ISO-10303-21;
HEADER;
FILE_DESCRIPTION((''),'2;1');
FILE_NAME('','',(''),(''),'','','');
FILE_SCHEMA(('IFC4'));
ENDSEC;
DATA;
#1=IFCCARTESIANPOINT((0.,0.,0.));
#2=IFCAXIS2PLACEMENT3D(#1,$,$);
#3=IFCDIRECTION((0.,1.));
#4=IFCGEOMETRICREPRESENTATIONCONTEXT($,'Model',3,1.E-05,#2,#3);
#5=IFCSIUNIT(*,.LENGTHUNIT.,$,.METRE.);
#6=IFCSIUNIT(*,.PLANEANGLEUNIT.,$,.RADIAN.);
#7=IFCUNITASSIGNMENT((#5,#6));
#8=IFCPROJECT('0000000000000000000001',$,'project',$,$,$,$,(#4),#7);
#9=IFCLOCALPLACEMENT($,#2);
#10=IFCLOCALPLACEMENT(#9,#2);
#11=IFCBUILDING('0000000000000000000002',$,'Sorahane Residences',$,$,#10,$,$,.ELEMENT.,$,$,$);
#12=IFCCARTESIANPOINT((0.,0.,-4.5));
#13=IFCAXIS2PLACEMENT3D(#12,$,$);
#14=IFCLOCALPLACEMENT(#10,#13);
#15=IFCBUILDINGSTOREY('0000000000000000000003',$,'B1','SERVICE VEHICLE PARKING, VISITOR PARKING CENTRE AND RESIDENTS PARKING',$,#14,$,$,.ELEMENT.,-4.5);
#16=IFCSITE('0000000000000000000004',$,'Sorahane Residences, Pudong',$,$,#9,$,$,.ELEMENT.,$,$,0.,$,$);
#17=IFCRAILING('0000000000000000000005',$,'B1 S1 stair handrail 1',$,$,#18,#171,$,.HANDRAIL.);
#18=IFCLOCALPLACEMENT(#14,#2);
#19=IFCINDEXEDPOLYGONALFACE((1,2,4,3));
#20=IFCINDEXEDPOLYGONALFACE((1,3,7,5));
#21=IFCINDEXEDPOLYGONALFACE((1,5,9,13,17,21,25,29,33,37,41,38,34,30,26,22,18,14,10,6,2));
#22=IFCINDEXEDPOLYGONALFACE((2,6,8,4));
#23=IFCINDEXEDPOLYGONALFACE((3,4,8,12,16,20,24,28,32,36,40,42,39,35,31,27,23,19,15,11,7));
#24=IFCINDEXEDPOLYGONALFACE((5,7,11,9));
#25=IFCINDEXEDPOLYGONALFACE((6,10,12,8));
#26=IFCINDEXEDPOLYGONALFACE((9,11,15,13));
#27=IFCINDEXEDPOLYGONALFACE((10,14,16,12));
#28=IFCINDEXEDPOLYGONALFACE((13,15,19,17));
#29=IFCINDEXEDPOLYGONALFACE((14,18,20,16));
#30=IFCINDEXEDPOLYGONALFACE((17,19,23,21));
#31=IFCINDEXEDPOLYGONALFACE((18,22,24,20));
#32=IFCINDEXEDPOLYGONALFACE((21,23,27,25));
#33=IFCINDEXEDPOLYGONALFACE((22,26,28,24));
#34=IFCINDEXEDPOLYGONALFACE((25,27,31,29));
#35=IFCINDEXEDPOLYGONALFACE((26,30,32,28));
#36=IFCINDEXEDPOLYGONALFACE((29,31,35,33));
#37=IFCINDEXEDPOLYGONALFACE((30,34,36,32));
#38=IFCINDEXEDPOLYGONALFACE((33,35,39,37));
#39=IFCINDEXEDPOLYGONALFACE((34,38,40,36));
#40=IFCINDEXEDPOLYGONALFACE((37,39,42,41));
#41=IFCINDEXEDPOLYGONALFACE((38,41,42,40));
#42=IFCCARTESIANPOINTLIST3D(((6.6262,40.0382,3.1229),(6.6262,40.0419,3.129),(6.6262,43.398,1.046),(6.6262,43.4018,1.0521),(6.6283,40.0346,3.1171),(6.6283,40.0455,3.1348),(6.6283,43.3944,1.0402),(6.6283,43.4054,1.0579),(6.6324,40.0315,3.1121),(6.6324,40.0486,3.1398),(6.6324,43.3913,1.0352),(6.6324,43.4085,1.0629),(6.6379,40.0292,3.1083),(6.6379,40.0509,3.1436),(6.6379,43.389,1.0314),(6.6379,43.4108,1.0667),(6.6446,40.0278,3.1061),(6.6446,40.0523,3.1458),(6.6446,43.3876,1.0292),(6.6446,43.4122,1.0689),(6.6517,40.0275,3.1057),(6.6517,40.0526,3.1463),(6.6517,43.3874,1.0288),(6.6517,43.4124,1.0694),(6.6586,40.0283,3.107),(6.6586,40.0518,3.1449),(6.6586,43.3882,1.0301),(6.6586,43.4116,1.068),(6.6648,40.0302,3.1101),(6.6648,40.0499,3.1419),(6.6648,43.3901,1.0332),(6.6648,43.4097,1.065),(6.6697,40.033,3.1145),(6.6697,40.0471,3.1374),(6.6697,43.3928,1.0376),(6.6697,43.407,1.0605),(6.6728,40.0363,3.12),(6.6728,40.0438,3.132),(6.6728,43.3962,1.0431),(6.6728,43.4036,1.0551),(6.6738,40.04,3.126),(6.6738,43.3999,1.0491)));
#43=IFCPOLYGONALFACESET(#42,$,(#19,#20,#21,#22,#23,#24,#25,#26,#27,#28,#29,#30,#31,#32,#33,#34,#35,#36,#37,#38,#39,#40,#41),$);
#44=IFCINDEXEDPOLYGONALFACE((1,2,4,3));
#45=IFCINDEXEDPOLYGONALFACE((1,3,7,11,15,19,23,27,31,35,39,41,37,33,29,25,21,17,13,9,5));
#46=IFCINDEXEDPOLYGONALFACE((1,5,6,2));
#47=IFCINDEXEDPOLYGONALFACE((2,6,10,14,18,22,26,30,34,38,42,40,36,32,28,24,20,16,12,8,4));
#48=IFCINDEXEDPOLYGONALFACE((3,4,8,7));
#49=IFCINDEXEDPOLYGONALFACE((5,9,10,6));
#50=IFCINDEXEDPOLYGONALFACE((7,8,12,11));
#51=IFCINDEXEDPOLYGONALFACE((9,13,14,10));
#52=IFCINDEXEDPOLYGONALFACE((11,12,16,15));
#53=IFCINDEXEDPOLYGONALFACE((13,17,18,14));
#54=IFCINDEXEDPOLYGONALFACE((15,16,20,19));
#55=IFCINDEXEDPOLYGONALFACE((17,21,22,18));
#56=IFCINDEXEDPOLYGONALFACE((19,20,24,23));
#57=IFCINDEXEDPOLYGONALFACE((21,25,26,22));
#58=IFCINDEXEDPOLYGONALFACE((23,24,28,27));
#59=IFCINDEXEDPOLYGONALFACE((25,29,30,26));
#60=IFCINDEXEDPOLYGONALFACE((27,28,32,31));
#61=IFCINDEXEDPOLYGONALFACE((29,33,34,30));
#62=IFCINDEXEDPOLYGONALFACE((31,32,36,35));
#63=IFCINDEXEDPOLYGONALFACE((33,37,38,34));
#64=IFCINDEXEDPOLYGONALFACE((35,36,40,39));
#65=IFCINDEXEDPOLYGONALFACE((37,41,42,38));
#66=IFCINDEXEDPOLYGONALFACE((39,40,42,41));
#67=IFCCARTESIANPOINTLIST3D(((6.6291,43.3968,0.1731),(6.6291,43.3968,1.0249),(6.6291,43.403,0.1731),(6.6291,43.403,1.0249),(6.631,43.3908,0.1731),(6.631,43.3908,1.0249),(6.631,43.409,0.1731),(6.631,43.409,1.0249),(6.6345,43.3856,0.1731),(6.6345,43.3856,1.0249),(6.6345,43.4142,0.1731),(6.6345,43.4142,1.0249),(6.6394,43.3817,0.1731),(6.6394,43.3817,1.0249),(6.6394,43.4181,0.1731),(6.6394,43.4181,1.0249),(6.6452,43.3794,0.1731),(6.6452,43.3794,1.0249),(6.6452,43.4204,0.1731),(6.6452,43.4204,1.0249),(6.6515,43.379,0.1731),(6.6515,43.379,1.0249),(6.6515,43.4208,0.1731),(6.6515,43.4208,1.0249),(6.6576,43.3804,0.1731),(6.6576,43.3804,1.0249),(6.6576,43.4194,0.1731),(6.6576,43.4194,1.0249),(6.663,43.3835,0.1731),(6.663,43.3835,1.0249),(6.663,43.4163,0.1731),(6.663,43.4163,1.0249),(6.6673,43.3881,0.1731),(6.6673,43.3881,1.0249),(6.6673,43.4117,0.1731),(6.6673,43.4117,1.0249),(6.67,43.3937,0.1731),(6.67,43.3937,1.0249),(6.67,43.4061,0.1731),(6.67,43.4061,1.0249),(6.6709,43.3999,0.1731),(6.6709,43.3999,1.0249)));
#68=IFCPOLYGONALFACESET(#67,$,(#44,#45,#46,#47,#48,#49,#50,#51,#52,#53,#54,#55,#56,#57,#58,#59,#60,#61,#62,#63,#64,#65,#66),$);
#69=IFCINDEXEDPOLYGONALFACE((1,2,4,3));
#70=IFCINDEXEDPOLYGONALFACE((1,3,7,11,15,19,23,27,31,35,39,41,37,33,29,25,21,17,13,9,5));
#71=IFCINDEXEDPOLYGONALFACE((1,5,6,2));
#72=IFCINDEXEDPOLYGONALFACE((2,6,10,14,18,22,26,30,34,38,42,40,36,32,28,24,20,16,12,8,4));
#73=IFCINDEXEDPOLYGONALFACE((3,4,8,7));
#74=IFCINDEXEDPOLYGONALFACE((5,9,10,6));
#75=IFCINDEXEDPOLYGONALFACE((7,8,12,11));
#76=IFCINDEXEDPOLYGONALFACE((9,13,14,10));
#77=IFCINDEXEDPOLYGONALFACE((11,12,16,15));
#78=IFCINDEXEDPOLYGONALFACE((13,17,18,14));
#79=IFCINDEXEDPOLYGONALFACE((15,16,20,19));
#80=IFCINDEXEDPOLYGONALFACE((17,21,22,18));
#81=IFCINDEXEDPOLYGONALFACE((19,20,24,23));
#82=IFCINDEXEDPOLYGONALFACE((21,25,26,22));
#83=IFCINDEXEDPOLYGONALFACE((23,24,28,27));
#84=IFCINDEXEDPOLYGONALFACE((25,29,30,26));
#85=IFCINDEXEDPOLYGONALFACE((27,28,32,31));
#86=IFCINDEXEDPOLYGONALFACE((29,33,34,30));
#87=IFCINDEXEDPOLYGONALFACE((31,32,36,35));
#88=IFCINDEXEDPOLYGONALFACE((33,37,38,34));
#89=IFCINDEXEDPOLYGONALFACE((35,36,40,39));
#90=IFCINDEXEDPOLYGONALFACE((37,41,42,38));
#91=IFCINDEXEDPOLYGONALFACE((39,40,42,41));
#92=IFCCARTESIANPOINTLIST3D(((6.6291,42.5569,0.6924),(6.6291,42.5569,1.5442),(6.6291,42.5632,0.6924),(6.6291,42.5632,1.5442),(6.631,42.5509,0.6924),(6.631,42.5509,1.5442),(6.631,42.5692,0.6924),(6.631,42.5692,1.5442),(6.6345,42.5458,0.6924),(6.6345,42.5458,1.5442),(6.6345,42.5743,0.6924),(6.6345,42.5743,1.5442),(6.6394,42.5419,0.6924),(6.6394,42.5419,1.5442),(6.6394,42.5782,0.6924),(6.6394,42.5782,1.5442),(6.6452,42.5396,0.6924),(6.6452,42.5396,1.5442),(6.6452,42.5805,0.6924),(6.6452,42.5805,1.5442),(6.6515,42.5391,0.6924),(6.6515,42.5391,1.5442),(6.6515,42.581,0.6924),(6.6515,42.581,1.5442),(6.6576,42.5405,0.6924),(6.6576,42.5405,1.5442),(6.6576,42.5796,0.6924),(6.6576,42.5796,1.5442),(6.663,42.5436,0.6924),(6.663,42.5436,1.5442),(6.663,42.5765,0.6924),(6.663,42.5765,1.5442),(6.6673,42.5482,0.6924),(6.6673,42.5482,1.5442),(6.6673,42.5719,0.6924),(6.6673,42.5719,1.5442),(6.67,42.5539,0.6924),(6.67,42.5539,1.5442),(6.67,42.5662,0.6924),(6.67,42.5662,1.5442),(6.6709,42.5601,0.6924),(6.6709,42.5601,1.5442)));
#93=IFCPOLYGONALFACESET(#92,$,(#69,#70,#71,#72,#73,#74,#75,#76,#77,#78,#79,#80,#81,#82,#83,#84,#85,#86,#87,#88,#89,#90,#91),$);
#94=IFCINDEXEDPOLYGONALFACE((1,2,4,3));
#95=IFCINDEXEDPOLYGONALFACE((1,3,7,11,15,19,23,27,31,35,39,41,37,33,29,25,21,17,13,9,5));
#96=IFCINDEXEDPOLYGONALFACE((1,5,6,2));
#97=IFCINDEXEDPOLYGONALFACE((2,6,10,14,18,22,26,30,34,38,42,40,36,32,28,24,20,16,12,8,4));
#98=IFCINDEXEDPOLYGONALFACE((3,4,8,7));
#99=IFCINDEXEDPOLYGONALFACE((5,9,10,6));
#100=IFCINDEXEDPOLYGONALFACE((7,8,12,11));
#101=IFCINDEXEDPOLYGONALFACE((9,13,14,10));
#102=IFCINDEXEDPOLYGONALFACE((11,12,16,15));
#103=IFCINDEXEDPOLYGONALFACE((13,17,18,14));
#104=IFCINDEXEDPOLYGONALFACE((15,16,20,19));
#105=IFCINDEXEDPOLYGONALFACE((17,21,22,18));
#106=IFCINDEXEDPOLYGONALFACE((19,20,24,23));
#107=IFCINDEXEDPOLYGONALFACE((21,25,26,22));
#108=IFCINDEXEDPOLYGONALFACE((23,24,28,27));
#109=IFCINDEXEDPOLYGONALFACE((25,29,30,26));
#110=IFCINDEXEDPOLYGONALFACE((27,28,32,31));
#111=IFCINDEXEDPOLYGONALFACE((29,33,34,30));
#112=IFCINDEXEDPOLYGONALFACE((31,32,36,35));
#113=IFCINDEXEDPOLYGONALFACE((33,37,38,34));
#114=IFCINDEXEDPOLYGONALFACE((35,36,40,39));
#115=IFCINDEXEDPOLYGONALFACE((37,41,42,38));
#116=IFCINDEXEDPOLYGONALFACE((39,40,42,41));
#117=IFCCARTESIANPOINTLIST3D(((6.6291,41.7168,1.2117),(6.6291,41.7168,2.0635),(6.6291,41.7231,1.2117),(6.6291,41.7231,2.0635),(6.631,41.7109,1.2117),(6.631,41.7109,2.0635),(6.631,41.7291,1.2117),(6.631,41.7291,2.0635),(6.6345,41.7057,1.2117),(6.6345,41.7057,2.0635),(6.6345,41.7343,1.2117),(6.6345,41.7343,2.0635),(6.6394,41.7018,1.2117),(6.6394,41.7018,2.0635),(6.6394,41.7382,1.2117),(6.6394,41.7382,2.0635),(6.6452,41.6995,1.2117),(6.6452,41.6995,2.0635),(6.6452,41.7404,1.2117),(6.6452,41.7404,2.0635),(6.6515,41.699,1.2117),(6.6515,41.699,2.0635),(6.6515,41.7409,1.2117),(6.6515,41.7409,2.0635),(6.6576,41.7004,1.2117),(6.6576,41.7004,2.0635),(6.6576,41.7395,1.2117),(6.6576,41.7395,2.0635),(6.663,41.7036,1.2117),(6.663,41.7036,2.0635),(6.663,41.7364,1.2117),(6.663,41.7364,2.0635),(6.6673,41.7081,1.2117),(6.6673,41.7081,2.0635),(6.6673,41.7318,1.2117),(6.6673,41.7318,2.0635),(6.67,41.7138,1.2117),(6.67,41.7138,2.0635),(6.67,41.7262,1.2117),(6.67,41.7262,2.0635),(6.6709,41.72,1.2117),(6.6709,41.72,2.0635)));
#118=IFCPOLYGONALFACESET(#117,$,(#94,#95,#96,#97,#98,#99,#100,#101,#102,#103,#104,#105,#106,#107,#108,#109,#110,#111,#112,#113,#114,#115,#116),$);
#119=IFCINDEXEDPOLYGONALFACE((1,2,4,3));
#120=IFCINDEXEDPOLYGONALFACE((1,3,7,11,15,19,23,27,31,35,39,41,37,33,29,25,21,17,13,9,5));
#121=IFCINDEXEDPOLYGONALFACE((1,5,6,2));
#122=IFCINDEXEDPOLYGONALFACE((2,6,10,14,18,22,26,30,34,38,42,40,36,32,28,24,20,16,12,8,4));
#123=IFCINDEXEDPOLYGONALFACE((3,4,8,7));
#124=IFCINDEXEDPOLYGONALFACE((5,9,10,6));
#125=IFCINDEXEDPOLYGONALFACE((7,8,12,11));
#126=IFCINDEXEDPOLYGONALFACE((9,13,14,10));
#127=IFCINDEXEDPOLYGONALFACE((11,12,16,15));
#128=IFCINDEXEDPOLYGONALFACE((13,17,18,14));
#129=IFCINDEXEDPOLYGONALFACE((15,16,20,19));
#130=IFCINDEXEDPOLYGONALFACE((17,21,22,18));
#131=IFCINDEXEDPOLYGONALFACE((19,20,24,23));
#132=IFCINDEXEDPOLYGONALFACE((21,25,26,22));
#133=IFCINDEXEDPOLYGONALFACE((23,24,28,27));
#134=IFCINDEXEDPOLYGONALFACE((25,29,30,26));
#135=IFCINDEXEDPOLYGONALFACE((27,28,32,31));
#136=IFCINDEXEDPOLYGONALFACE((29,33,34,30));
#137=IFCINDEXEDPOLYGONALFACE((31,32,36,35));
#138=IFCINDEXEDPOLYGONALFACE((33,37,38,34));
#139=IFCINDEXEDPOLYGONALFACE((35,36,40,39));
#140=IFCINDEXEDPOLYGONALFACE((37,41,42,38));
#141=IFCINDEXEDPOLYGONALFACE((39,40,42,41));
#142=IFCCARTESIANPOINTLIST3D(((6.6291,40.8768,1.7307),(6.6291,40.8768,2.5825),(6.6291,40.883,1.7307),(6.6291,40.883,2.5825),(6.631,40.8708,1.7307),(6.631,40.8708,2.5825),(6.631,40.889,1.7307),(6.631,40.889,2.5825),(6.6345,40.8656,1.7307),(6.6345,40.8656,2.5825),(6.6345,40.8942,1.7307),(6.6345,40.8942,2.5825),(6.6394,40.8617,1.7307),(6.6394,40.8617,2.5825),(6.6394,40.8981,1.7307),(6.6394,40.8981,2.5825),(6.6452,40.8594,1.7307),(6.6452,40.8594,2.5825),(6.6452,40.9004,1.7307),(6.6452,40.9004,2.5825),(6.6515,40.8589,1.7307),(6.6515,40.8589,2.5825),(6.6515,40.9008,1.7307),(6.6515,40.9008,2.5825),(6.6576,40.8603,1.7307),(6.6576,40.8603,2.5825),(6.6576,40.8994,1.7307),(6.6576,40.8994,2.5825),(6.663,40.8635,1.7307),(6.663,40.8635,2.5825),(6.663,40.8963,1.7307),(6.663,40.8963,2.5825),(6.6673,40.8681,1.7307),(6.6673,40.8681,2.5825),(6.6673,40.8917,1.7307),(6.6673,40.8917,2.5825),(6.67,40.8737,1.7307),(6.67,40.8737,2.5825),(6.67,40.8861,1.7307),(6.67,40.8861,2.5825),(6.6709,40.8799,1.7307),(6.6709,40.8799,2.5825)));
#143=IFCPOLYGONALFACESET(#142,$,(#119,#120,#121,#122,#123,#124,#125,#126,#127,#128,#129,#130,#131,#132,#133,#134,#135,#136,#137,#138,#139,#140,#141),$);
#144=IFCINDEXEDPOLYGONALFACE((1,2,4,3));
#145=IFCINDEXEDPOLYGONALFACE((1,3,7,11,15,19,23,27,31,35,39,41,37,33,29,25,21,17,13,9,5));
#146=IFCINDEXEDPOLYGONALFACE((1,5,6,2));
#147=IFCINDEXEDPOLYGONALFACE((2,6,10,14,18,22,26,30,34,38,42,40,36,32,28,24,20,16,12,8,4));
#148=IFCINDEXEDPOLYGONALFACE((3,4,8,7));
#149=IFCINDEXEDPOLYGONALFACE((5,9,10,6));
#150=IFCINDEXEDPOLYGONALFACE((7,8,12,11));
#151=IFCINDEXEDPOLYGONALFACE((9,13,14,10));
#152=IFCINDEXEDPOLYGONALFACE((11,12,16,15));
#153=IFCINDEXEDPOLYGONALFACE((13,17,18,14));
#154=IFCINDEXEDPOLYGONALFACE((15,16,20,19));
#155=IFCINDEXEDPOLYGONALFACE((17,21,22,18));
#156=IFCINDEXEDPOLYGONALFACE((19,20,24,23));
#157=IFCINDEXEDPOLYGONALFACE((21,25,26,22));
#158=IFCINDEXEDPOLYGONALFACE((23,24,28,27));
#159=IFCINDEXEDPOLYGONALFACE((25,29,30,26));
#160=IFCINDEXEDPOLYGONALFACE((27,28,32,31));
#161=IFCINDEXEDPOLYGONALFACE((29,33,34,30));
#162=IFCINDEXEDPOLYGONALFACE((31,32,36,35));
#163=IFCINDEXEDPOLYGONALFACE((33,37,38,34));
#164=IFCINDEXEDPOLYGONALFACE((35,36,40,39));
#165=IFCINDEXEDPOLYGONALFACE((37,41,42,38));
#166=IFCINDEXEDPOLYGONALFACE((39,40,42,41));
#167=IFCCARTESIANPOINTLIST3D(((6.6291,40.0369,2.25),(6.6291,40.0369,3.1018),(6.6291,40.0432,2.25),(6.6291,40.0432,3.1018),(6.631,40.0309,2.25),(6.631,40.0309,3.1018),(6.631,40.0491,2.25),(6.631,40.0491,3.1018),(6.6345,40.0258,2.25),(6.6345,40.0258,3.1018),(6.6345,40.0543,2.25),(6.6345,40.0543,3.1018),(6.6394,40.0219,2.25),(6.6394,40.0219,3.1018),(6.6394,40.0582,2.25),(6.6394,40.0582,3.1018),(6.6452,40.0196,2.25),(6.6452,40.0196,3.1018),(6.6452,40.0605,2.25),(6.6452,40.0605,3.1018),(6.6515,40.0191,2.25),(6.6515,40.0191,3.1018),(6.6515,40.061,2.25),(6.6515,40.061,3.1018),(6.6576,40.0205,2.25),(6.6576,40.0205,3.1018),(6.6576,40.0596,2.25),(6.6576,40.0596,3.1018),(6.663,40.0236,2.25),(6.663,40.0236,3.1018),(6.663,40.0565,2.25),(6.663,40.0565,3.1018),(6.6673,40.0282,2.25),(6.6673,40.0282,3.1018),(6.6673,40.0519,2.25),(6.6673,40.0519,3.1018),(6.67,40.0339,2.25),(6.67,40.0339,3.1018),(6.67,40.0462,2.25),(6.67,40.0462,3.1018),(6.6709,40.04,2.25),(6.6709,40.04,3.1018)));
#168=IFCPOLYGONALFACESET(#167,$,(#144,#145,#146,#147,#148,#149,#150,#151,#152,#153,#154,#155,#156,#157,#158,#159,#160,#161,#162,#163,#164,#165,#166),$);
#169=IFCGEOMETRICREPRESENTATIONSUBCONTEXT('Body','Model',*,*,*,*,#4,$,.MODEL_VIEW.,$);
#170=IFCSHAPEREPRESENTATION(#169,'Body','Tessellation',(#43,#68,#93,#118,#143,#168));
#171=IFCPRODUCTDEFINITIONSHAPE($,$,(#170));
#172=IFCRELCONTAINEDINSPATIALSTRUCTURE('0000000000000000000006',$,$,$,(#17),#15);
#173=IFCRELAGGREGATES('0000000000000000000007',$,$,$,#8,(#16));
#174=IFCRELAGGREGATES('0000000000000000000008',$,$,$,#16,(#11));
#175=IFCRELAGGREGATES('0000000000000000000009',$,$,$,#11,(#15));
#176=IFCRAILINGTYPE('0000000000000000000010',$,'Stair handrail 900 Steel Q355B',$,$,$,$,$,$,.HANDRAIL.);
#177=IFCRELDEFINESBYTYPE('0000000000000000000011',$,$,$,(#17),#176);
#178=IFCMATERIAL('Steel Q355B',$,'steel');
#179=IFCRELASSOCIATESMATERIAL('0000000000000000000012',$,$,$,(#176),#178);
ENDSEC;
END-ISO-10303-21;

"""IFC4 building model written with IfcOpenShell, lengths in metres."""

from ifc_helpers import new_model, si_unit, direction, frame, origin, origin_2d, place, context, subcontext, project, spatial, circle, extrude, material, type_object, element, save


model = new_model("IFC4")

# Units and contexts
model_context = context("Model", 3, precision=1e-05, world=origin(), true_north=direction((0.0, 1.0)))
body_context = subcontext(model_context, "Body", "Model", "MODEL_VIEW")
ifc_project = project(units=[si_unit("LENGTHUNIT", "METRE"), si_unit("PLANEANGLEUNIT", "RADIAN")], contexts=[model_context])

# Site, building, storey
site_placement = place(None, origin())
site = spatial("IfcSite", under=ifc_project, at=site_placement, Name="Sorahane Residences, Pudong", CompositionType="ELEMENT", RefElevation=0.0)
building_placement = place(site_placement, origin())
building = spatial("IfcBuilding", under=site, at=building_placement, Name="Sorahane Residences", CompositionType="ELEMENT")
storey_placement = place(building_placement, frame((0.0, 0.0, -4.5)))
storey = spatial("IfcBuildingStorey", under=building, at=storey_placement, Name="B1", Description="SERVICE VEHICLE PARKING, VISITOR PARKING CENTRE AND RESIDENTS PARKING", CompositionType="ELEMENT", Elevation=-4.5)

# Railing
ifc_material_1 = material(Name="Steel Q355B", Category="steel")
railing_type_1 = type_object("IfcRailingType", Name="Stair handrail 900 Steel Q355B", PredefinedType="HANDRAIL", material=ifc_material_1)
for number, where, name in (
    (1, (6.6499, 43.3999, 0.1731), "B1 S1 stair handrail 1"),
):
    element("IfcRailing", number, at=place(storey_placement, frame(where)), inside=storey, type_object=railing_type_1, Name=name, PredefinedType="HANDRAIL", context=body_context, shape_type="SweptSolid", body=[
        extrude(circle(Radius=0.0239, at=origin_2d()), frame((0.0, 0.0, 0.876), z_axis=(0.0, -0.850606, 0.525803), x_axis=(1.0, 0.0, 0.0)), (0.0, 0.0, 1.0), 3.95),
        extrude(circle(Radius=0.021, at=origin_2d()), origin(), (0.0, 0.0, 1.0), 0.8518),
        extrude(circle(Radius=0.021, at=origin_2d()), frame((0.0, -0.8398, 0.5193)), (0.0, 0.0, 1.0), 0.8518),
        extrude(circle(Radius=0.021, at=origin_2d()), frame((0.0, -1.6799, 1.0386)), (0.0, 0.0, 1.0), 0.8518),
        extrude(circle(Radius=0.021, at=origin_2d()), frame((0.0, -2.52, 1.5576)), (0.0, 0.0, 1.0), 0.8518),
        extrude(circle(Radius=0.021, at=origin_2d()), frame((0.0, -3.3599, 2.0769)), (0.0, 0.0, 1.0), 0.8518),
    ])

save(model, "model.ifc")
